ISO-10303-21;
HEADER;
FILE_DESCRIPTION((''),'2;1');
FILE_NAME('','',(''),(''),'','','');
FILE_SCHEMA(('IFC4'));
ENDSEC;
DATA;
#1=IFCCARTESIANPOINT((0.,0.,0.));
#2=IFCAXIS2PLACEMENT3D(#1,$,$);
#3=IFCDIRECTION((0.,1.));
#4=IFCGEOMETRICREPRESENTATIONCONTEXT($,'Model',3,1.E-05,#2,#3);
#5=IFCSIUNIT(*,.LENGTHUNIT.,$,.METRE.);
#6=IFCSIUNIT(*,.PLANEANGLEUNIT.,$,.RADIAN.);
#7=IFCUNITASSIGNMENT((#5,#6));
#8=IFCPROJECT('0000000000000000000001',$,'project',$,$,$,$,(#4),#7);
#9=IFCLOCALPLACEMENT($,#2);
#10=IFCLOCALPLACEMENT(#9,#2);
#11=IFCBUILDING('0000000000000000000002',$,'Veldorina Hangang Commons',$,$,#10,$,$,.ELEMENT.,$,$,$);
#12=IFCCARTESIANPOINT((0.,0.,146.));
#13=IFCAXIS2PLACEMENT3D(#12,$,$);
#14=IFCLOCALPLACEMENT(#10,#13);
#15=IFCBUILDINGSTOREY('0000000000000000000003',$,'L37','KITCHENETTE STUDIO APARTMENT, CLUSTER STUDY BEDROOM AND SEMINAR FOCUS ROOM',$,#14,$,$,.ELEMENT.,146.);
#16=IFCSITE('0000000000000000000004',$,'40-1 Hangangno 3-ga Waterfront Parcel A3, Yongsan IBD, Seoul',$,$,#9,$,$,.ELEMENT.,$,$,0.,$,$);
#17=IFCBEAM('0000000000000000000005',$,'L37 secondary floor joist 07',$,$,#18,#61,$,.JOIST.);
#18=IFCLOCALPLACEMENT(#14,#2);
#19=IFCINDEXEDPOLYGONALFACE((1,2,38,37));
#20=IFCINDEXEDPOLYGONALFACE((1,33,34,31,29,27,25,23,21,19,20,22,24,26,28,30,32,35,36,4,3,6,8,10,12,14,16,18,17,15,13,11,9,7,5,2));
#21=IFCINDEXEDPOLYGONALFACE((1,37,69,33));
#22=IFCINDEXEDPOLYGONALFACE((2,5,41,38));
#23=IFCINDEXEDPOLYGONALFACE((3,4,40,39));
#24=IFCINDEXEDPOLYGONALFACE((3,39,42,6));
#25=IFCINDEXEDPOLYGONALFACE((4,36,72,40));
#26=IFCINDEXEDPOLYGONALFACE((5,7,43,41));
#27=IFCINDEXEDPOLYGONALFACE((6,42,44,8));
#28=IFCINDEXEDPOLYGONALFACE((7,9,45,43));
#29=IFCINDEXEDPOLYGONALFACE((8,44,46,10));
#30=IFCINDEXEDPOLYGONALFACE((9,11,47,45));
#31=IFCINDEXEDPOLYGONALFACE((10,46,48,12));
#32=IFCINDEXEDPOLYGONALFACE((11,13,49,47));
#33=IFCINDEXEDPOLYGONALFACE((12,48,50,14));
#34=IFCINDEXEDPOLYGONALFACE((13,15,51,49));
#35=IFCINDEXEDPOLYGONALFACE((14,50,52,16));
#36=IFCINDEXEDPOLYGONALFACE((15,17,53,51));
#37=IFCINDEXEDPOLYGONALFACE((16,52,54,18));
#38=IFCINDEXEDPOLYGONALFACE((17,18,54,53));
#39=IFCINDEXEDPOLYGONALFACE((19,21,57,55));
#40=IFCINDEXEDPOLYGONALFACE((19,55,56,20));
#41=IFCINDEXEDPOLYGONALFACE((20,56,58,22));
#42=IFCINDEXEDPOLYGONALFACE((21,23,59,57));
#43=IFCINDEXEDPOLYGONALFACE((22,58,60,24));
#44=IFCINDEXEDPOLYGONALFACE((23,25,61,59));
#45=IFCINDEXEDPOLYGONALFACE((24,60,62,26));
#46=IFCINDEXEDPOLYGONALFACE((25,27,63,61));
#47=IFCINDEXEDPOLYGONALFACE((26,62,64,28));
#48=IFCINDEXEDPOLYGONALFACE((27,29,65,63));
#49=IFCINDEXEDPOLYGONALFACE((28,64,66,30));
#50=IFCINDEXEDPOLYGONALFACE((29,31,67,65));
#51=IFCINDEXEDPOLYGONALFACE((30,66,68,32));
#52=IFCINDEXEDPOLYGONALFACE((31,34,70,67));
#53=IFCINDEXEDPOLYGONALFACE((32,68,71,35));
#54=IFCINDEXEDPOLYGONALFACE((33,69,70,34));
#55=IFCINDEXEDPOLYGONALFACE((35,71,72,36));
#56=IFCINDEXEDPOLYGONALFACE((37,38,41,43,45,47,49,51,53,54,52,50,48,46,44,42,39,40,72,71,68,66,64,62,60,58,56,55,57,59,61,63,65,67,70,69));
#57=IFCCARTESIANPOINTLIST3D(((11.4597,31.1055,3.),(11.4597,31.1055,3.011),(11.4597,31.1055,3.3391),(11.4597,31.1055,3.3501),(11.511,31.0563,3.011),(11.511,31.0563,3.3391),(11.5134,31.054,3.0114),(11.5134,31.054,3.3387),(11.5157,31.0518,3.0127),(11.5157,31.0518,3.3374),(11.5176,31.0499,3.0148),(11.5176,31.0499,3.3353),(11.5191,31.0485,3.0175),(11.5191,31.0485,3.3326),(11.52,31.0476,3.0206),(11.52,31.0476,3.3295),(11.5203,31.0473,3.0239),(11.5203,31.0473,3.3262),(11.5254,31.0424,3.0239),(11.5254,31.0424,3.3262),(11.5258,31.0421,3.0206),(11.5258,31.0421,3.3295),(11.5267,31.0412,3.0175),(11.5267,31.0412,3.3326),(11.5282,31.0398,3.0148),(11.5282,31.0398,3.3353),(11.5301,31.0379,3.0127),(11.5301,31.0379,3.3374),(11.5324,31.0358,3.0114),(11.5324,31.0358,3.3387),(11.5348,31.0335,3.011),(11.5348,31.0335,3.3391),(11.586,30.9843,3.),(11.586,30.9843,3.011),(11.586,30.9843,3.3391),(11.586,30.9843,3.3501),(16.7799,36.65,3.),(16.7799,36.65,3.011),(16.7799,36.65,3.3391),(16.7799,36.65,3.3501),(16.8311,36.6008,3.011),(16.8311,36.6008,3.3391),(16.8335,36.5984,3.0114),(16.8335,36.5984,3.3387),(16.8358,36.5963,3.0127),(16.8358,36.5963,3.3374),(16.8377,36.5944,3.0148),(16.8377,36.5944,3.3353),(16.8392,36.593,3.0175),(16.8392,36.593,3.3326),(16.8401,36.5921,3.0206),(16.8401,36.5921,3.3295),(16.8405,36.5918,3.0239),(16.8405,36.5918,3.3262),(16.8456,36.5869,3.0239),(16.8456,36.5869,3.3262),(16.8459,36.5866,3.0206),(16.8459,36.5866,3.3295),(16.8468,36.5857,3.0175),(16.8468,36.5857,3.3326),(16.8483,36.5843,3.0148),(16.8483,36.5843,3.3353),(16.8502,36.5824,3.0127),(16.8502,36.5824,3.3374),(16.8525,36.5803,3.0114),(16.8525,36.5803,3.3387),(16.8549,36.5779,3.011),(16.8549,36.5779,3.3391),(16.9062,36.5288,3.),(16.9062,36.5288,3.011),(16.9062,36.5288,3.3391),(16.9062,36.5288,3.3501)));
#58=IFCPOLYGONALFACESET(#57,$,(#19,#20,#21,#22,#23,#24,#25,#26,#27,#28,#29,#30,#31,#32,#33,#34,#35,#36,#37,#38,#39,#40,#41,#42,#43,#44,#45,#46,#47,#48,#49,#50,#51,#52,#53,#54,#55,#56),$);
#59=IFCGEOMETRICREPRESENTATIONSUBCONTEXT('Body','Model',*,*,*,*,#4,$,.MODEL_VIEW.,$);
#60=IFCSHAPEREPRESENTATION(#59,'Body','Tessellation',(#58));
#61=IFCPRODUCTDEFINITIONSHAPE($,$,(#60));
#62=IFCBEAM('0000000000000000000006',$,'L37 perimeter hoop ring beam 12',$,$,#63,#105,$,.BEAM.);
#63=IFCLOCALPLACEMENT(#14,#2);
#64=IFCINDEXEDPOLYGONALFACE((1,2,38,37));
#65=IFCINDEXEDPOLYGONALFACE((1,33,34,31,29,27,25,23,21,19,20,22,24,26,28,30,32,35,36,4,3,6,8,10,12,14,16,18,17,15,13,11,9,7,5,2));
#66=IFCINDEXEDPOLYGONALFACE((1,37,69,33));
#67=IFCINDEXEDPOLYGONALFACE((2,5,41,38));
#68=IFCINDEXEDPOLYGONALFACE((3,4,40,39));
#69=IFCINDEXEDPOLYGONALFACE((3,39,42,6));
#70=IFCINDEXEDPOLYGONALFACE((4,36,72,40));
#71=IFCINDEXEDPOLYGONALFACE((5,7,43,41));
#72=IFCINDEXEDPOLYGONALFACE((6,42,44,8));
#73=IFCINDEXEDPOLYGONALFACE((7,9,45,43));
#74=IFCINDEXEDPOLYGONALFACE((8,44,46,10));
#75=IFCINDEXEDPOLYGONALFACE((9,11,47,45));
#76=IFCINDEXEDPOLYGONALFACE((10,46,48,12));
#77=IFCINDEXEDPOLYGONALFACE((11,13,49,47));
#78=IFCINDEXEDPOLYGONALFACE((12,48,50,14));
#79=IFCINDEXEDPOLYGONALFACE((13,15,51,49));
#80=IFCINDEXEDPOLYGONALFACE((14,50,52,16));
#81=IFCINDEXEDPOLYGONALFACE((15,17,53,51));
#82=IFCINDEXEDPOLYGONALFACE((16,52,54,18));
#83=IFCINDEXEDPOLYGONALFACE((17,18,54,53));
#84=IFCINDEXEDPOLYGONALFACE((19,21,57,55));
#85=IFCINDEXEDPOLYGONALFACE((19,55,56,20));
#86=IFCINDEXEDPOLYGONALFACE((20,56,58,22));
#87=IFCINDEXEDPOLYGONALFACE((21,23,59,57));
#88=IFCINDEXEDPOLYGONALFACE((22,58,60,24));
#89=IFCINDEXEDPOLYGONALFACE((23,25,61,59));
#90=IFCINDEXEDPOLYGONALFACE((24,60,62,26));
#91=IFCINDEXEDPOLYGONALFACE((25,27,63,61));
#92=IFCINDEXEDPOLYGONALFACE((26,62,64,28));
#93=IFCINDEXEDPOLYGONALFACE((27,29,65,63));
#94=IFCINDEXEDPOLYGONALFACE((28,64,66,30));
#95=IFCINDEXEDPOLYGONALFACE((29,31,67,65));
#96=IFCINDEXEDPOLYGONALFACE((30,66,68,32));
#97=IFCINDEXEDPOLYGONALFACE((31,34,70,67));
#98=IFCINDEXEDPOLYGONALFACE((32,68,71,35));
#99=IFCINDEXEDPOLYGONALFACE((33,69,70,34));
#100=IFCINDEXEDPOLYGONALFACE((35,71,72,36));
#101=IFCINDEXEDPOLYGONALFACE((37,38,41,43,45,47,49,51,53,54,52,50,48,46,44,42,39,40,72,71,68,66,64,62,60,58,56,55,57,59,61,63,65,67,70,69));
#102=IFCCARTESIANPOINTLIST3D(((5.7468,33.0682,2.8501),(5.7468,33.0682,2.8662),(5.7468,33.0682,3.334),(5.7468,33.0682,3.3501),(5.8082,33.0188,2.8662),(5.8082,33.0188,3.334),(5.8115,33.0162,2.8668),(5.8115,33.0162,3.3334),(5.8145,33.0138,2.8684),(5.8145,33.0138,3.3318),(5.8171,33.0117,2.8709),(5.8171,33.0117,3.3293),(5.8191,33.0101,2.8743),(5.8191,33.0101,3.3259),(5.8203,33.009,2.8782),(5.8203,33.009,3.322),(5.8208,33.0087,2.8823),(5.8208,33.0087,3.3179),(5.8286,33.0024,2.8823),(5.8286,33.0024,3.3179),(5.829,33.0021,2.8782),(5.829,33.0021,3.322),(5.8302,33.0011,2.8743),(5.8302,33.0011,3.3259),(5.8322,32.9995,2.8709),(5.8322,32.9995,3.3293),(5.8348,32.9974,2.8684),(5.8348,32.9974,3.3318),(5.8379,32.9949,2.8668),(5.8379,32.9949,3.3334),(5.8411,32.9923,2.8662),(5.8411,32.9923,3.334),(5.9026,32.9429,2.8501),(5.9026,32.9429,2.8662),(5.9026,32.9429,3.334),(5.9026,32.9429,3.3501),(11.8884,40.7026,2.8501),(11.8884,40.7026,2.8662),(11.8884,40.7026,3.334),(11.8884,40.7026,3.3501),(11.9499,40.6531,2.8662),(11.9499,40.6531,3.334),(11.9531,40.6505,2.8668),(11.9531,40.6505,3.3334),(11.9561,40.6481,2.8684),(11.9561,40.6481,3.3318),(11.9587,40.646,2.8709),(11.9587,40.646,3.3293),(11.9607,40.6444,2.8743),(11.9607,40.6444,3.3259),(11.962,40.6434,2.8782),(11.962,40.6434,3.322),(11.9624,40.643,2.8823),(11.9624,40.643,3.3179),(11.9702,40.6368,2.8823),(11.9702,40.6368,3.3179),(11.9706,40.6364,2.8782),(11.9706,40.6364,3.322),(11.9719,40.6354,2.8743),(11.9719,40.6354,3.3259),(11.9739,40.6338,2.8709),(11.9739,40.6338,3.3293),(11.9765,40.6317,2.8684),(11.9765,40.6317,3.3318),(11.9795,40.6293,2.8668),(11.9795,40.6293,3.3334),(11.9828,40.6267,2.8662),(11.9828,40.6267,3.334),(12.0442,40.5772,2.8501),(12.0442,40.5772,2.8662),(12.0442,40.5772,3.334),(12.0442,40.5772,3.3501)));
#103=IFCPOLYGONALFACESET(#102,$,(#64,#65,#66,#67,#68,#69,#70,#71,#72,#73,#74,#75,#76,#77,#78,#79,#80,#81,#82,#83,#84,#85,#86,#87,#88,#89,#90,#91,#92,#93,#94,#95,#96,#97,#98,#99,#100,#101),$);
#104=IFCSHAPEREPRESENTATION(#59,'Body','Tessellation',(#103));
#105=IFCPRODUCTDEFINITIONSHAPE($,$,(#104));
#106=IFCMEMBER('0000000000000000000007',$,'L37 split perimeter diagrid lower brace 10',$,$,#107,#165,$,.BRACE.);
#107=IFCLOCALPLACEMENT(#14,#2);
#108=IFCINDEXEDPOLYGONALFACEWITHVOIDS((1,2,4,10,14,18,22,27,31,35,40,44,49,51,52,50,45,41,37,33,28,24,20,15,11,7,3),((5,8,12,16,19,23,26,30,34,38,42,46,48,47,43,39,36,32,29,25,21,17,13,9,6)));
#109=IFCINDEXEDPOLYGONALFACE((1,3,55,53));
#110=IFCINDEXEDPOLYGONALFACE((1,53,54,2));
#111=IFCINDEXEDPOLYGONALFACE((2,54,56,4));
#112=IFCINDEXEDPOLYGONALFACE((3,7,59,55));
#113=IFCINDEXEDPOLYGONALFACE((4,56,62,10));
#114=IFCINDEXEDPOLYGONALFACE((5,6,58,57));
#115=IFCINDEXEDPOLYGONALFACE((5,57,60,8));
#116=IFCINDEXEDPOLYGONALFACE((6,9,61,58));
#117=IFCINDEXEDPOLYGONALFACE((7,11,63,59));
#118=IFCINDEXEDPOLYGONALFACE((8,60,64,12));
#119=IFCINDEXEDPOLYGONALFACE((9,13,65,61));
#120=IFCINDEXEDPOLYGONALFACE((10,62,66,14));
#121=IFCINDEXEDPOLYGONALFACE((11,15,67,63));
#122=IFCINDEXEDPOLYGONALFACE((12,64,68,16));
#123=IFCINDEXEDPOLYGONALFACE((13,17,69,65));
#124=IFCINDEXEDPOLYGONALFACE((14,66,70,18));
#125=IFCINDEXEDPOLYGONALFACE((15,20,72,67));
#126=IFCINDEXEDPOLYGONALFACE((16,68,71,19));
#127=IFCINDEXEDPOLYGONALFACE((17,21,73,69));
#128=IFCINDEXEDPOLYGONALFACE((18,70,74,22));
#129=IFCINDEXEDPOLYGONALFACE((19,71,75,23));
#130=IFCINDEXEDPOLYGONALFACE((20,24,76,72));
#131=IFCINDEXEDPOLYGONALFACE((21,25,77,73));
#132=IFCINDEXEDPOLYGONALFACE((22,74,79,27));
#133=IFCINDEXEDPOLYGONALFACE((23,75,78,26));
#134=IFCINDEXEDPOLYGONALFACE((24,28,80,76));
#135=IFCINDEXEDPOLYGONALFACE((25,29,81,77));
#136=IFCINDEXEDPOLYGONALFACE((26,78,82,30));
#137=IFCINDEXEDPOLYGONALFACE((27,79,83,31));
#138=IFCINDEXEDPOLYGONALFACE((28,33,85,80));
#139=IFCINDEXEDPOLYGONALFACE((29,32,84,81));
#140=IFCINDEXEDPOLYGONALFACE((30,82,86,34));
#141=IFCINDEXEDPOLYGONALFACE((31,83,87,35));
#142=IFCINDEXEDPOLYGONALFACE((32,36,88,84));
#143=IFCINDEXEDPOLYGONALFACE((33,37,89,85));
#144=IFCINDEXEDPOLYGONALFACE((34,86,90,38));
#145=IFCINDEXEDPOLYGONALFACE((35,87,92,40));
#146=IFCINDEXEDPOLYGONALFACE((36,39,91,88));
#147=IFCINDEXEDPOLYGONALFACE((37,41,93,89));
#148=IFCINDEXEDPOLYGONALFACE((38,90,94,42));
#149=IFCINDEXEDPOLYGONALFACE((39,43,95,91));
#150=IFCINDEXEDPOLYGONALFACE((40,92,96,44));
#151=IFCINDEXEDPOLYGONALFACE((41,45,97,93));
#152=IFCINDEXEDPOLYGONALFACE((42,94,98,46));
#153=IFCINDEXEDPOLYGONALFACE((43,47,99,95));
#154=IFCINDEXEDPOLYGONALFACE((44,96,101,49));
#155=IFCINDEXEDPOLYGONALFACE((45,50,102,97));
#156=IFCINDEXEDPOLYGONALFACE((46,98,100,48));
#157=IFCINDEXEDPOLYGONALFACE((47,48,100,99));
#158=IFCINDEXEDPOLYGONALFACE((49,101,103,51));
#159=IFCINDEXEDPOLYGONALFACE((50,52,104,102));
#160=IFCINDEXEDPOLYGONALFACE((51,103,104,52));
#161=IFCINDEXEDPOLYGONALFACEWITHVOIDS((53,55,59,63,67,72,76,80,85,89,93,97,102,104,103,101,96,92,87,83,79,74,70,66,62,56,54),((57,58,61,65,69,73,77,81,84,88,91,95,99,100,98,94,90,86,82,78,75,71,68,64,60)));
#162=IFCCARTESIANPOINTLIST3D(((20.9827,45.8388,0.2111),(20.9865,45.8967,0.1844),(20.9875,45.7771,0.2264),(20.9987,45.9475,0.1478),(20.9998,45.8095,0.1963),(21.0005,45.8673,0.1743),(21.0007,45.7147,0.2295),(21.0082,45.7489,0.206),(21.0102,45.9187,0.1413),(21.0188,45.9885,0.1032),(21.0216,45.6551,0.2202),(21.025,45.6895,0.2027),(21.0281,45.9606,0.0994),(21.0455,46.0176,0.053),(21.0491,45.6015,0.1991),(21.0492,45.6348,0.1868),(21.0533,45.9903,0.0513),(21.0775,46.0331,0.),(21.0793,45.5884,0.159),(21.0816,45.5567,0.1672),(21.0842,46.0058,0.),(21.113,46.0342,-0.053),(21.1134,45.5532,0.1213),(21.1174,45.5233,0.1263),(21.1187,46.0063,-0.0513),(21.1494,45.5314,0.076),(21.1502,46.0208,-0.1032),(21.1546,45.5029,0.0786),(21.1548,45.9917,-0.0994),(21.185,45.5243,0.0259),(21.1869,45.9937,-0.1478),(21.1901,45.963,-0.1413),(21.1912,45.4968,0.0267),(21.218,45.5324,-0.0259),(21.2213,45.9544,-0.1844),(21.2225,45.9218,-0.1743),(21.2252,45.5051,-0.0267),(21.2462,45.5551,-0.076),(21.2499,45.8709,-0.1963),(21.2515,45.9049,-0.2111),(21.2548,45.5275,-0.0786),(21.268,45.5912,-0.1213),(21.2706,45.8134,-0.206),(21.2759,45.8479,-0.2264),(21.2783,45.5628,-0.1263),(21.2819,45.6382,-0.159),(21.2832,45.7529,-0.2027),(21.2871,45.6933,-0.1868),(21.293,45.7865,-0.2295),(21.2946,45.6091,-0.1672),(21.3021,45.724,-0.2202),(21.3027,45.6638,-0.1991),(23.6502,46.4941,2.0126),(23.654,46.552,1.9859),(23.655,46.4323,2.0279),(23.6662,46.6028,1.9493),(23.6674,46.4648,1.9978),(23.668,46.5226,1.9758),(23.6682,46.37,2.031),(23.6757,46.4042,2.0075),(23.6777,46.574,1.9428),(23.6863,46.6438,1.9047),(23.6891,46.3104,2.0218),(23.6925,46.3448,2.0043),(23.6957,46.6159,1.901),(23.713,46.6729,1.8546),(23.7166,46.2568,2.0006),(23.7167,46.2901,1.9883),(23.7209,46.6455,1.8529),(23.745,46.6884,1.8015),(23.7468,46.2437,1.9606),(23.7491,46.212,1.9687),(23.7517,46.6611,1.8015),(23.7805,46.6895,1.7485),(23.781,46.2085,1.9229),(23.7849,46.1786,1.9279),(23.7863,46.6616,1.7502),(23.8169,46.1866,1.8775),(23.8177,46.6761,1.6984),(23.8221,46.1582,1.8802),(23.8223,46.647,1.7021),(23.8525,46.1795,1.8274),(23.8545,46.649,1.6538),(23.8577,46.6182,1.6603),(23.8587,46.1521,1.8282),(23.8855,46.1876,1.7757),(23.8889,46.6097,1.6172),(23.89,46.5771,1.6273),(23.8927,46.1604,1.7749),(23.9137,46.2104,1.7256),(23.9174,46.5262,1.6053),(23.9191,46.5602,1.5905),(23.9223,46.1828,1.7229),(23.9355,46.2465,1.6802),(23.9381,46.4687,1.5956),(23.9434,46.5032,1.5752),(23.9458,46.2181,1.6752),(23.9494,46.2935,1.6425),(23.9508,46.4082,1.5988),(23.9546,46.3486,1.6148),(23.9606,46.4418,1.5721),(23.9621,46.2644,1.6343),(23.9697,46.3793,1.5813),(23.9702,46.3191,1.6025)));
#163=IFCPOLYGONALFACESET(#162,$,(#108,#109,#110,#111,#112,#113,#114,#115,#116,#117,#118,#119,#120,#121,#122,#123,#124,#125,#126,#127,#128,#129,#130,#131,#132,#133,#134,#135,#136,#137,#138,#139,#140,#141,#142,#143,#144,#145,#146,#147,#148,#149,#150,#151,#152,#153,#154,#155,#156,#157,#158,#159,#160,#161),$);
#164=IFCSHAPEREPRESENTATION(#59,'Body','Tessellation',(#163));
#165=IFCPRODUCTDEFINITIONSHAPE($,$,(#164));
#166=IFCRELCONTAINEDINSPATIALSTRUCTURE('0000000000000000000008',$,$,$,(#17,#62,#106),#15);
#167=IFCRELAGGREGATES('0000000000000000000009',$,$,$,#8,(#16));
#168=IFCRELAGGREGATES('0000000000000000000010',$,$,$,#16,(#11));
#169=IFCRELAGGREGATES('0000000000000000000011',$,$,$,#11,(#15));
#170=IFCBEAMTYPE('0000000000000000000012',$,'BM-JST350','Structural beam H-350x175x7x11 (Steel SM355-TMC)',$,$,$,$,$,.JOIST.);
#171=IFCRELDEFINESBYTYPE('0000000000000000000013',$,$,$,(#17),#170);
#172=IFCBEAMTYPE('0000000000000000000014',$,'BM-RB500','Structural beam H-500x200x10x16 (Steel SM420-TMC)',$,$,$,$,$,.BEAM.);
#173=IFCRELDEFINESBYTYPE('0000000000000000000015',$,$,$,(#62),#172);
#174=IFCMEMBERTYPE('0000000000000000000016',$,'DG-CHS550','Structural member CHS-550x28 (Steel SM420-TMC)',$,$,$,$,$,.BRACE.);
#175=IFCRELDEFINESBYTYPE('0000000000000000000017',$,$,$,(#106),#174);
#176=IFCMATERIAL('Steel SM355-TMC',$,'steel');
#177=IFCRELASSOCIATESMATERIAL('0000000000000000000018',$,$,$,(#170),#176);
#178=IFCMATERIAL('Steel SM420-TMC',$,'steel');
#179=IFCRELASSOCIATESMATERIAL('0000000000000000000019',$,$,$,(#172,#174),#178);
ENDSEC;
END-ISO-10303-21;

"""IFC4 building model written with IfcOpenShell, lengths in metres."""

from ifc_helpers import new_model, si_unit, direction, frame, origin, origin_2d, place, context, subcontext, project, spatial, hollow_circle, i_section, extrude, material, material_profile, profile_set, type_object, element, save


model = new_model("IFC4")

# Units and contexts
model_context = context("Model", 3, precision=1e-05, world=origin(), true_north=direction((0.0, 1.0)))
body_context = subcontext(model_context, "Body", "Model", "MODEL_VIEW")
ifc_project = project(units=[si_unit("LENGTHUNIT", "METRE"), si_unit("PLANEANGLEUNIT", "RADIAN")], contexts=[model_context])

# Site, building, storey
site_placement = place(None, origin())
site = spatial("IfcSite", under=ifc_project, at=site_placement, Name="40-1 Hangangno 3-ga Waterfront Parcel A3, Yongsan IBD, Seoul", CompositionType="ELEMENT", RefElevation=0.0)
building_placement = place(site_placement, origin())
building = spatial("IfcBuilding", under=site, at=building_placement, Name="Veldorina Hangang Commons", CompositionType="ELEMENT")
storey_placement = place(building_placement, frame((0.0, 0.0, 146.0)))
storey = spatial("IfcBuildingStorey", under=building, at=storey_placement, Name="L37", Description="KITCHENETTE STUDIO APARTMENT, CLUSTER STUDY BEDROOM AND SEMINAR FOCUS ROOM", CompositionType="ELEMENT", Elevation=146.0)

# Beams
ifc_material_1 = material(Name="Steel SM355-TMC", Category="steel")
ifc_material_profile_1 = material_profile(ifc_material_1, i_section(OverallWidth=0.175, OverallDepth=0.3501, WebThickness=0.0071, FlangeThickness=0.011, FilletRadius=0.0129, at=origin_2d()), Name="H-350x175x7x11")
ifc_profile_set_1 = profile_set([ifc_material_profile_1], Name="Steel SM355-TMC")
beam_type_1 = type_object("IfcBeamType", Name="BM-JST350", Description="Structural beam H-350x175x7x11 (Steel SM355-TMC)", PredefinedType="JOIST", material=ifc_profile_set_1)
beam_1_placement = place(storey_placement, frame((16.843, 36.5894, 3.175), z_axis=(-0.692357, -0.721556, 0.0), x_axis=(0.721556, -0.692357, 0.0)))
element("IfcBeam", 1, at=beam_1_placement, inside=storey, type_object=beam_type_1, Name="L37 secondary floor joist 07", PredefinedType="JOIST", context=body_context, shape_type="SweptSolid", body=[
    extrude(i_section(OverallWidth=0.175, OverallDepth=0.3501, WebThickness=0.0071, FlangeThickness=0.011, FilletRadius=0.0129, at=origin_2d()), origin(), (0.0, 0.0, 1.0), 7.6841),
])
ifc_material_2 = material(Name="Steel SM420-TMC", Category="steel")
ifc_material_profile_2 = material_profile(ifc_material_2, i_section(OverallWidth=0.2, OverallDepth=0.5, WebThickness=0.01, FlangeThickness=0.0161, FilletRadius=0.0161, at=origin_2d()), Name="H-500x200x10x16")
ifc_profile_set_2 = profile_set([ifc_material_profile_2], Name="Steel SM420-TMC")
beam_type_2 = type_object("IfcBeamType", Name="BM-RB500", Description="Structural beam H-500x200x10x16 (Steel SM420-TMC)", PredefinedType="BEAM", material=ifc_profile_set_2)
beam_2_placement = place(storey_placement, frame((11.9663, 40.6399, 3.1001), z_axis=(-0.62682, -0.779164, 0.0), x_axis=(0.779164, -0.62682, 0.0)))
element("IfcBeam", 2, at=beam_2_placement, inside=storey, type_object=beam_type_2, Name="L37 perimeter hoop ring beam 12", PredefinedType="BEAM", context=body_context, shape_type="SweptSolid", body=[
    extrude(i_section(OverallWidth=0.2, OverallDepth=0.5, WebThickness=0.01, FlangeThickness=0.0161, FilletRadius=0.0161, at=origin_2d()), origin(), (0.0, 0.0, 1.0), 9.7981),
])

# Member
ifc_material_profile_3 = material_profile(ifc_material_2, hollow_circle(Radius=0.2749, WallThickness=0.0281, at=origin_2d()), Name="CHS-550x28")
ifc_profile_set_3 = profile_set([ifc_material_profile_3], Name="Steel SM420-TMC")
member_type = type_object("IfcMemberType", Name="DG-CHS550", Description="Structural member CHS-550x28 (Steel SM420-TMC)", PredefinedType="BRACE", material=ifc_profile_set_3)
member_1_placement = place(storey_placement, frame((21.1431, 45.7661, 0.0), z_axis=(0.812054, 0.199483, 0.54843), x_axis=(-0.23856, 0.971128, 0.0)))
element("IfcMember", 3, at=member_1_placement, inside=storey, type_object=member_type, Name="L37 split perimeter diagrid lower brace 10", PredefinedType="BRACE", context=body_context, shape_type="SweptSolid", body=[
    extrude(hollow_circle(Radius=0.2749, WallThickness=0.0281, at=origin_2d()), origin(), (0.0, 0.0, 1.0), 3.2849),
])

save(model, "model.ifc")
